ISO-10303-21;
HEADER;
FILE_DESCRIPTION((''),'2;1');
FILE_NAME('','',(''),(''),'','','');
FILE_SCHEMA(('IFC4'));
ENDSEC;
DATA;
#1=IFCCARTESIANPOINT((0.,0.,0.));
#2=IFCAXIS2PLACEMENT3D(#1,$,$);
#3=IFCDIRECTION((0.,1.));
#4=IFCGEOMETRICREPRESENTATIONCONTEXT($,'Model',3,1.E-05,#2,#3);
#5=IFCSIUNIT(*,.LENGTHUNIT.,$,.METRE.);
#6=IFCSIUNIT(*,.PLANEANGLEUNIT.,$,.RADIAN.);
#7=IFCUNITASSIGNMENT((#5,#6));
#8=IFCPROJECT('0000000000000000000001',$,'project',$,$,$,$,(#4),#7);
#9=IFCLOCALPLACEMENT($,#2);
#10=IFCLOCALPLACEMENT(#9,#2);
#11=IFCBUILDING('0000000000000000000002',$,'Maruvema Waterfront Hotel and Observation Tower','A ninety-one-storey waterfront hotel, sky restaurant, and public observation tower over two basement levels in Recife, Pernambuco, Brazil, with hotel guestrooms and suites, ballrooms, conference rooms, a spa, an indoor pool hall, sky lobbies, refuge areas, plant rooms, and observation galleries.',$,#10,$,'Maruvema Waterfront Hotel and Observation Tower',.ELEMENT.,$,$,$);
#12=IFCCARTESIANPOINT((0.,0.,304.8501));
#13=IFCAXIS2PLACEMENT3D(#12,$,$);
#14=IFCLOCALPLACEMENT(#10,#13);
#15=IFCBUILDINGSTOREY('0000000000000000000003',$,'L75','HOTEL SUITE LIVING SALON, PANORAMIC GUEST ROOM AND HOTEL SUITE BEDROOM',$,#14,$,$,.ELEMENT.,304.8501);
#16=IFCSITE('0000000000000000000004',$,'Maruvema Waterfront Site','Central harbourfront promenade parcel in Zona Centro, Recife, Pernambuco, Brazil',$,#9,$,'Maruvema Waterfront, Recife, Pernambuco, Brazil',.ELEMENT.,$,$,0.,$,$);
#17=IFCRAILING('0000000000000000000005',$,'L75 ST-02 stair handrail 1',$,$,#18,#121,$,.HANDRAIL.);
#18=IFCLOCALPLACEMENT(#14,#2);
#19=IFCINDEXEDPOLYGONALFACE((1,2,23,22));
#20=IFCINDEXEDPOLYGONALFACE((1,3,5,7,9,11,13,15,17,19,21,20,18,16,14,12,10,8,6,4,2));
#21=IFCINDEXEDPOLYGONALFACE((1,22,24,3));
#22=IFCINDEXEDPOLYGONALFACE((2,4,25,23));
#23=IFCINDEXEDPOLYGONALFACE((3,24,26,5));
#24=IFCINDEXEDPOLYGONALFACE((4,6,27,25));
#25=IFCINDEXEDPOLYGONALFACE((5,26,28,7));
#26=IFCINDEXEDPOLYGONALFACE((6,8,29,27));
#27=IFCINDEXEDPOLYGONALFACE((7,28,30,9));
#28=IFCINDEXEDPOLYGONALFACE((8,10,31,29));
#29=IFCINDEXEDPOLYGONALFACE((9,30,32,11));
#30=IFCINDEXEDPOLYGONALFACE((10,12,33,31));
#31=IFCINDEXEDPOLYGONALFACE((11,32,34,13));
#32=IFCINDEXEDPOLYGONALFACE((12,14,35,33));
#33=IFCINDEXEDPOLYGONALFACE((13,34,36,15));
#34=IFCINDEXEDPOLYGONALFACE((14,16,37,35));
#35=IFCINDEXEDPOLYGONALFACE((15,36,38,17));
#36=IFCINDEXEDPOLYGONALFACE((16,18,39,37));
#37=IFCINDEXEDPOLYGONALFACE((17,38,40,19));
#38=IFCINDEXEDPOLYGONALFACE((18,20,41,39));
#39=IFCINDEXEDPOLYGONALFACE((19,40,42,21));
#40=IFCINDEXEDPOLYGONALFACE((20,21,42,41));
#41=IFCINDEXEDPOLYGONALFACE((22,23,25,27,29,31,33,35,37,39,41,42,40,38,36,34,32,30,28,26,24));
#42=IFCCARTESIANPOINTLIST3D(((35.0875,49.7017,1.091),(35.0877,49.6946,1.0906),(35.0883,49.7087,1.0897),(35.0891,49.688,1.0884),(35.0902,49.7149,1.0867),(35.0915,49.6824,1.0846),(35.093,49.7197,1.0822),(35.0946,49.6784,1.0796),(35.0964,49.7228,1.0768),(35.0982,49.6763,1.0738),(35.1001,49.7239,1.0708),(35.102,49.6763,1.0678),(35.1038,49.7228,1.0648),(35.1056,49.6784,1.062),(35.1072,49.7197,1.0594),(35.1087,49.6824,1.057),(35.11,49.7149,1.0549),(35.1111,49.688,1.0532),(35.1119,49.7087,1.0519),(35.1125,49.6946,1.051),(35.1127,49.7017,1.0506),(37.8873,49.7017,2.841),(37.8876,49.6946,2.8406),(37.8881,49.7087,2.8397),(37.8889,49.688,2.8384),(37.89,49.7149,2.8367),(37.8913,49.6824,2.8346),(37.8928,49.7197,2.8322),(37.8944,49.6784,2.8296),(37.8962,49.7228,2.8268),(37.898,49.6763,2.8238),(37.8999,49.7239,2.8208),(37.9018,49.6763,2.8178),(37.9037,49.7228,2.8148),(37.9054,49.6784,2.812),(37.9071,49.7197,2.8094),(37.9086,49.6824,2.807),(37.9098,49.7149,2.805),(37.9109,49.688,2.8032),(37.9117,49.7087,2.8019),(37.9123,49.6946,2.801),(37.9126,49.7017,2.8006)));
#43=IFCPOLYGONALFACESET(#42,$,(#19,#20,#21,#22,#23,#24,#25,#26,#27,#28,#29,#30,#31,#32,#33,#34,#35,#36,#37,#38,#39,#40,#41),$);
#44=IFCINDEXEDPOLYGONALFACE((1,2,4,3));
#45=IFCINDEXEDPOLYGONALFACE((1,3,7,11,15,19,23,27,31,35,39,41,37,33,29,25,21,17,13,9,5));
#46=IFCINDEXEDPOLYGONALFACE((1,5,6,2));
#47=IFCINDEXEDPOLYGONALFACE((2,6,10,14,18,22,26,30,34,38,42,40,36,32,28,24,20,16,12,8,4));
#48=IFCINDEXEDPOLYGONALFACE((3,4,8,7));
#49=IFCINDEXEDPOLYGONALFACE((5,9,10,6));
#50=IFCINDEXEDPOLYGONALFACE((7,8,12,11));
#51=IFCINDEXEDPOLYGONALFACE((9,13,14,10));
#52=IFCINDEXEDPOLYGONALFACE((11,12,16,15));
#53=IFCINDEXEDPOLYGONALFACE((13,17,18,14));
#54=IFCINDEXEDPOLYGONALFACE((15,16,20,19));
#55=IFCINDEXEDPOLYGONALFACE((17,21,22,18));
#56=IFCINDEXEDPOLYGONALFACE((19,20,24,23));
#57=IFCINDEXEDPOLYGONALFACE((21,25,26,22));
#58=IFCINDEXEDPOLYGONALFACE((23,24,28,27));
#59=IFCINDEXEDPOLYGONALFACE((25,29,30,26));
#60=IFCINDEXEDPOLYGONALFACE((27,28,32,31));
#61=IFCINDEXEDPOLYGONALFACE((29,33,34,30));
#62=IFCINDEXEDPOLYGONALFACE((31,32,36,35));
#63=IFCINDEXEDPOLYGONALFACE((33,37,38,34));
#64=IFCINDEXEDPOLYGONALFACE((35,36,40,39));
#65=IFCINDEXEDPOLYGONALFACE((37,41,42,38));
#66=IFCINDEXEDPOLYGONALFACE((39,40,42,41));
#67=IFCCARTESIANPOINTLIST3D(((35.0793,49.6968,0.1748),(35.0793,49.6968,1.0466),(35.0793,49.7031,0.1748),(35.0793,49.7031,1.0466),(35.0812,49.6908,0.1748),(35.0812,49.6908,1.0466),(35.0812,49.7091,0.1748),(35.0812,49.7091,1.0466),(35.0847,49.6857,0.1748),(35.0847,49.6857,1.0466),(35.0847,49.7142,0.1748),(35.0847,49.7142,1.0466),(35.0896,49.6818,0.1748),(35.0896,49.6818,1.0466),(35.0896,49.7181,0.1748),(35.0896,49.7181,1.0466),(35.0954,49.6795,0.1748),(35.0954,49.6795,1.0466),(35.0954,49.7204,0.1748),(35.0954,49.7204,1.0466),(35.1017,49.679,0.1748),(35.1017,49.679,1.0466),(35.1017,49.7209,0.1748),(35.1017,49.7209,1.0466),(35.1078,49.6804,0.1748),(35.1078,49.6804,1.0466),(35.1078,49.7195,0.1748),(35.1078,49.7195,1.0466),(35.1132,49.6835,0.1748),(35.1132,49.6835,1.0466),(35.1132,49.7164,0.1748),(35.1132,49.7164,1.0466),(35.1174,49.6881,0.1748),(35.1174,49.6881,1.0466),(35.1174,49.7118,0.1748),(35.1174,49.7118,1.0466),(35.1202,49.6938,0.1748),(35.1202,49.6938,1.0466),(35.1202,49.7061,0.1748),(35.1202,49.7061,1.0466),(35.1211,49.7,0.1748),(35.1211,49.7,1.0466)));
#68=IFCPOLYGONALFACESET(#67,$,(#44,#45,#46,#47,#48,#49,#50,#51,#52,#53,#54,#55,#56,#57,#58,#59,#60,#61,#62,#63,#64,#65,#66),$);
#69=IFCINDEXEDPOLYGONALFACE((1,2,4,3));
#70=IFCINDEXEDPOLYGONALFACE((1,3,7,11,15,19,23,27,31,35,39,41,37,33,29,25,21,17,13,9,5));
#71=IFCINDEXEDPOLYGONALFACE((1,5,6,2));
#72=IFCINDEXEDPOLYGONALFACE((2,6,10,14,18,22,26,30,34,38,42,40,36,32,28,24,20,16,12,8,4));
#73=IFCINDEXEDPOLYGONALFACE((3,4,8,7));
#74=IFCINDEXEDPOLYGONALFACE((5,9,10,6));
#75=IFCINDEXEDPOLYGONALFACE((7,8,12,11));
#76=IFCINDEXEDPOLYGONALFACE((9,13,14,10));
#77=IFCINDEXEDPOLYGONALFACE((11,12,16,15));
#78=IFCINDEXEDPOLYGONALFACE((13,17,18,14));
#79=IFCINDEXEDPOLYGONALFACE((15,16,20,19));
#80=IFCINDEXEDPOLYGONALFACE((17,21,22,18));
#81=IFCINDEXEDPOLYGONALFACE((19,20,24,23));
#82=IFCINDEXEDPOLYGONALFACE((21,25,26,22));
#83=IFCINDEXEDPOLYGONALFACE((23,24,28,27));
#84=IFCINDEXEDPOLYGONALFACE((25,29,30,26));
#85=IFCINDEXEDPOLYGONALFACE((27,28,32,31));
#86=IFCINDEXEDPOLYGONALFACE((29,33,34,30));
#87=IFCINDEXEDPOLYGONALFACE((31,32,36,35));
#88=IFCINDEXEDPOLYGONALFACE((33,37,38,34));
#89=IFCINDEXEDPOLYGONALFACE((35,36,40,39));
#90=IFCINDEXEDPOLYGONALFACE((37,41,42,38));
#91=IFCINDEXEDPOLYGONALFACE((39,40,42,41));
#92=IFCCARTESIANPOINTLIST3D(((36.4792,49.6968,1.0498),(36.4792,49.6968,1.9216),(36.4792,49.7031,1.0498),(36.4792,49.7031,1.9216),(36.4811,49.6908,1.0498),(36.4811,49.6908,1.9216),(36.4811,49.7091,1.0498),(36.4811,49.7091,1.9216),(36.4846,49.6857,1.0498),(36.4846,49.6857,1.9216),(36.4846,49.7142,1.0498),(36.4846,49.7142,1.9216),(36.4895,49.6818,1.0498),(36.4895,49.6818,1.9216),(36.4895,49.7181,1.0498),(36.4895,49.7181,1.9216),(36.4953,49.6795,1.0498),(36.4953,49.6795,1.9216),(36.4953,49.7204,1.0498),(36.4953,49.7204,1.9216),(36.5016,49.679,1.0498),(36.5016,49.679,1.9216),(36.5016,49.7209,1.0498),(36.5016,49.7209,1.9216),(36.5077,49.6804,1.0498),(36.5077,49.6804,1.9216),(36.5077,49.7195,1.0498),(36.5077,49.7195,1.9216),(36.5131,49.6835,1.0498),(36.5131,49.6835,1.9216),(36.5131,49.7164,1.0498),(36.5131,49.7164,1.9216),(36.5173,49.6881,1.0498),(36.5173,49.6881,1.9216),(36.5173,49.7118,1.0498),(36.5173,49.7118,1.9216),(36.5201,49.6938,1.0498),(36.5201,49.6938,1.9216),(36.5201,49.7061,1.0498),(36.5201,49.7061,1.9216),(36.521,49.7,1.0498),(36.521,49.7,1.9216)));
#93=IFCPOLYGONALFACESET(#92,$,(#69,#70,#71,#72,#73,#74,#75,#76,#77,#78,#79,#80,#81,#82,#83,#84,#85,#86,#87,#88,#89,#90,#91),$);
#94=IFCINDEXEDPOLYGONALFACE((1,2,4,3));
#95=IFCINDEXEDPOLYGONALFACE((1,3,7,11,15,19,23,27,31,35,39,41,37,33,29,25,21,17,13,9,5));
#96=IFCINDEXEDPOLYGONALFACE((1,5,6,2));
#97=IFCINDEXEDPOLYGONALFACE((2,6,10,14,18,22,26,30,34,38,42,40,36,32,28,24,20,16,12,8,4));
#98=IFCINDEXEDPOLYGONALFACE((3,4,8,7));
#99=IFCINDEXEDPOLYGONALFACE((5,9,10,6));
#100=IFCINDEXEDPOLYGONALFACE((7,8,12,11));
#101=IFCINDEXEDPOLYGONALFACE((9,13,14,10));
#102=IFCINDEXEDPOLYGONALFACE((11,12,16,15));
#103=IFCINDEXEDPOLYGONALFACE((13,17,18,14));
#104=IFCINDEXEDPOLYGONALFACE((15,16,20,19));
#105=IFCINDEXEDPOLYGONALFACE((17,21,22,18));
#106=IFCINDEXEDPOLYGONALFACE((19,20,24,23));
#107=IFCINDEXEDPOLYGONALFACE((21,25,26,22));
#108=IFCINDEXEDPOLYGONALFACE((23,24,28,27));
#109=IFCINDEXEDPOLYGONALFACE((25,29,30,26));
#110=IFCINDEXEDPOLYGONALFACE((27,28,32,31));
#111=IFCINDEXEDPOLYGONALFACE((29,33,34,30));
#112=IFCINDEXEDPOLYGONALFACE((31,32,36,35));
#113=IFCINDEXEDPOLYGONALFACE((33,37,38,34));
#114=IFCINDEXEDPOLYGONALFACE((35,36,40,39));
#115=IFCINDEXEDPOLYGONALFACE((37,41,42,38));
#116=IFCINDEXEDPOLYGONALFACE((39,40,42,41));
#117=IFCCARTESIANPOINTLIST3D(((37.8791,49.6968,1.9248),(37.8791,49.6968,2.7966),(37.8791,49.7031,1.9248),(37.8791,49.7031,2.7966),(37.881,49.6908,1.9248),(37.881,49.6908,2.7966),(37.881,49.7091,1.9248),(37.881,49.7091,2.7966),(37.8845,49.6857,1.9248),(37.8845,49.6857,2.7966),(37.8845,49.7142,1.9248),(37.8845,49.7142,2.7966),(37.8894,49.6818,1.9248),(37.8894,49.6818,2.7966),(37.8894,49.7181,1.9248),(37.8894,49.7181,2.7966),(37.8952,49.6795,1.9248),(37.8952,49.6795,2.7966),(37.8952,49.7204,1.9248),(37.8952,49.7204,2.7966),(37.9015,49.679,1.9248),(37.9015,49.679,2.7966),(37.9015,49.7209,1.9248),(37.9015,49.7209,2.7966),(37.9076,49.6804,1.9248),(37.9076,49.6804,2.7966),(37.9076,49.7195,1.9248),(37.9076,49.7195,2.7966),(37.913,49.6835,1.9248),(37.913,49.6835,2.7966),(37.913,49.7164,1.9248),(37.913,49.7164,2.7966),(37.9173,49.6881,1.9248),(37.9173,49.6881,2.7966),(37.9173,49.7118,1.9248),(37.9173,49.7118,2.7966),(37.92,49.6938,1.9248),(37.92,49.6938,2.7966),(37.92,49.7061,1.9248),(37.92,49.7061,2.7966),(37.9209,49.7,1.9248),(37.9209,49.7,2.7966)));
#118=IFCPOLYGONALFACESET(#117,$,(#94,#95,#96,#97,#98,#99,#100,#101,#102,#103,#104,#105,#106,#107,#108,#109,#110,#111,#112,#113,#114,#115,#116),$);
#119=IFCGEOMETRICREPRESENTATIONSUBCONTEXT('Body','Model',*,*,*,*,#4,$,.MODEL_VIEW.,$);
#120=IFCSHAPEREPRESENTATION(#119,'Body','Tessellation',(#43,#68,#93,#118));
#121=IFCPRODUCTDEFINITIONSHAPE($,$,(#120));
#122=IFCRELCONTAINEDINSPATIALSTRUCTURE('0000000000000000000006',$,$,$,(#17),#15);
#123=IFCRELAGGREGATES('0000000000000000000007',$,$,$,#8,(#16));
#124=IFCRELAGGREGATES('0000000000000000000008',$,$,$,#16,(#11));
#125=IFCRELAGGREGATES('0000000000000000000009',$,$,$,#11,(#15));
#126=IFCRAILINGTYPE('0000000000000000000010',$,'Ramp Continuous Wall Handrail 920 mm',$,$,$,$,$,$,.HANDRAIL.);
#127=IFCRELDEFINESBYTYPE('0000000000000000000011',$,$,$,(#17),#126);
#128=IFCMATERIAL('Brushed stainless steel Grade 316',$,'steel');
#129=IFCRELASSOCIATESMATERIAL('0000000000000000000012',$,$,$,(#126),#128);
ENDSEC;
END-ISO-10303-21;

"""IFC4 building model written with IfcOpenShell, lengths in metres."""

from ifc_helpers import new_model, si_unit, direction, frame, origin, origin_2d, place, context, subcontext, project, spatial, circle, extrude, material, type_object, element, save


model = new_model("IFC4")

# Units and contexts
model_context = context("Model", 3, precision=1e-05, world=origin(), true_north=direction((0.0, 1.0)))
body_context = subcontext(model_context, "Body", "Model", "MODEL_VIEW")
ifc_project = project(units=[si_unit("LENGTHUNIT", "METRE"), si_unit("PLANEANGLEUNIT", "RADIAN")], contexts=[model_context])

# Site, building, storey
site_placement = place(None, origin())
site = spatial("IfcSite", under=ifc_project, at=site_placement, Name="Maruvema Waterfront Site", Description="Central harbourfront promenade parcel in Zona Centro, Recife, Pernambuco, Brazil", LongName="Maruvema Waterfront, Recife, Pernambuco, Brazil", CompositionType="ELEMENT", RefElevation=0.0)
building_placement = place(site_placement, origin())
building = spatial("IfcBuilding", under=site, at=building_placement, Name="Maruvema Waterfront Hotel and Observation Tower", Description="A ninety-one-storey waterfront hotel, sky restaurant, and public observation tower over two basement levels in Recife, Pernambuco, Brazil, with hotel guestrooms and suites, ballrooms, conference rooms, a spa, an indoor pool hall, sky lobbies, refuge areas, plant rooms, and observation galleries.", LongName="Maruvema Waterfront Hotel and Observation Tower", CompositionType="ELEMENT")
storey_placement = place(building_placement, frame((0.0, 0.0, 304.8501)))
storey = spatial("IfcBuildingStorey", under=building, at=storey_placement, Name="L75", Description="HOTEL SUITE LIVING SALON, PANORAMIC GUEST ROOM AND HOTEL SUITE BEDROOM", CompositionType="ELEMENT", Elevation=304.8501)

# Railing
ifc_material_1 = material(Name="Brushed stainless steel Grade 316", Category="steel")
railing_type_1 = type_object("IfcRailingType", Name="Ramp Continuous Wall Handrail 920 mm", PredefinedType="HANDRAIL", material=ifc_material_1)
railing_1_placement = place(storey_placement, frame((35.1001, 49.7, 0.1748)))
element("IfcRailing", 1, at=railing_1_placement, inside=storey, type_object=railing_type_1, Name="L75 ST-02 stair handrail 1", PredefinedType="HANDRAIL", context=body_context, shape_type="SweptSolid", body=[
    extrude(circle(Radius=0.0239, at=origin_2d()), frame((0.0, 0.0, 0.896), z_axis=(0.847982, 0.0, 0.530026), x_axis=(0.0, 1.0, 0.0)), (0.0, 0.0, 1.0), 3.3018),
    extrude(circle(Radius=0.021, at=origin_2d()), origin(), (0.0, 0.0, 1.0), 0.8718),
    extrude(circle(Radius=0.021, at=origin_2d()), frame((1.3999, 0.0, 0.875)), (0.0, 0.0, 1.0), 0.8718),
    extrude(circle(Radius=0.021, at=origin_2d()), frame((2.7998, 0.0, 1.75)), (0.0, 0.0, 1.0), 0.8718),
])

save(model, "model.ifc")
